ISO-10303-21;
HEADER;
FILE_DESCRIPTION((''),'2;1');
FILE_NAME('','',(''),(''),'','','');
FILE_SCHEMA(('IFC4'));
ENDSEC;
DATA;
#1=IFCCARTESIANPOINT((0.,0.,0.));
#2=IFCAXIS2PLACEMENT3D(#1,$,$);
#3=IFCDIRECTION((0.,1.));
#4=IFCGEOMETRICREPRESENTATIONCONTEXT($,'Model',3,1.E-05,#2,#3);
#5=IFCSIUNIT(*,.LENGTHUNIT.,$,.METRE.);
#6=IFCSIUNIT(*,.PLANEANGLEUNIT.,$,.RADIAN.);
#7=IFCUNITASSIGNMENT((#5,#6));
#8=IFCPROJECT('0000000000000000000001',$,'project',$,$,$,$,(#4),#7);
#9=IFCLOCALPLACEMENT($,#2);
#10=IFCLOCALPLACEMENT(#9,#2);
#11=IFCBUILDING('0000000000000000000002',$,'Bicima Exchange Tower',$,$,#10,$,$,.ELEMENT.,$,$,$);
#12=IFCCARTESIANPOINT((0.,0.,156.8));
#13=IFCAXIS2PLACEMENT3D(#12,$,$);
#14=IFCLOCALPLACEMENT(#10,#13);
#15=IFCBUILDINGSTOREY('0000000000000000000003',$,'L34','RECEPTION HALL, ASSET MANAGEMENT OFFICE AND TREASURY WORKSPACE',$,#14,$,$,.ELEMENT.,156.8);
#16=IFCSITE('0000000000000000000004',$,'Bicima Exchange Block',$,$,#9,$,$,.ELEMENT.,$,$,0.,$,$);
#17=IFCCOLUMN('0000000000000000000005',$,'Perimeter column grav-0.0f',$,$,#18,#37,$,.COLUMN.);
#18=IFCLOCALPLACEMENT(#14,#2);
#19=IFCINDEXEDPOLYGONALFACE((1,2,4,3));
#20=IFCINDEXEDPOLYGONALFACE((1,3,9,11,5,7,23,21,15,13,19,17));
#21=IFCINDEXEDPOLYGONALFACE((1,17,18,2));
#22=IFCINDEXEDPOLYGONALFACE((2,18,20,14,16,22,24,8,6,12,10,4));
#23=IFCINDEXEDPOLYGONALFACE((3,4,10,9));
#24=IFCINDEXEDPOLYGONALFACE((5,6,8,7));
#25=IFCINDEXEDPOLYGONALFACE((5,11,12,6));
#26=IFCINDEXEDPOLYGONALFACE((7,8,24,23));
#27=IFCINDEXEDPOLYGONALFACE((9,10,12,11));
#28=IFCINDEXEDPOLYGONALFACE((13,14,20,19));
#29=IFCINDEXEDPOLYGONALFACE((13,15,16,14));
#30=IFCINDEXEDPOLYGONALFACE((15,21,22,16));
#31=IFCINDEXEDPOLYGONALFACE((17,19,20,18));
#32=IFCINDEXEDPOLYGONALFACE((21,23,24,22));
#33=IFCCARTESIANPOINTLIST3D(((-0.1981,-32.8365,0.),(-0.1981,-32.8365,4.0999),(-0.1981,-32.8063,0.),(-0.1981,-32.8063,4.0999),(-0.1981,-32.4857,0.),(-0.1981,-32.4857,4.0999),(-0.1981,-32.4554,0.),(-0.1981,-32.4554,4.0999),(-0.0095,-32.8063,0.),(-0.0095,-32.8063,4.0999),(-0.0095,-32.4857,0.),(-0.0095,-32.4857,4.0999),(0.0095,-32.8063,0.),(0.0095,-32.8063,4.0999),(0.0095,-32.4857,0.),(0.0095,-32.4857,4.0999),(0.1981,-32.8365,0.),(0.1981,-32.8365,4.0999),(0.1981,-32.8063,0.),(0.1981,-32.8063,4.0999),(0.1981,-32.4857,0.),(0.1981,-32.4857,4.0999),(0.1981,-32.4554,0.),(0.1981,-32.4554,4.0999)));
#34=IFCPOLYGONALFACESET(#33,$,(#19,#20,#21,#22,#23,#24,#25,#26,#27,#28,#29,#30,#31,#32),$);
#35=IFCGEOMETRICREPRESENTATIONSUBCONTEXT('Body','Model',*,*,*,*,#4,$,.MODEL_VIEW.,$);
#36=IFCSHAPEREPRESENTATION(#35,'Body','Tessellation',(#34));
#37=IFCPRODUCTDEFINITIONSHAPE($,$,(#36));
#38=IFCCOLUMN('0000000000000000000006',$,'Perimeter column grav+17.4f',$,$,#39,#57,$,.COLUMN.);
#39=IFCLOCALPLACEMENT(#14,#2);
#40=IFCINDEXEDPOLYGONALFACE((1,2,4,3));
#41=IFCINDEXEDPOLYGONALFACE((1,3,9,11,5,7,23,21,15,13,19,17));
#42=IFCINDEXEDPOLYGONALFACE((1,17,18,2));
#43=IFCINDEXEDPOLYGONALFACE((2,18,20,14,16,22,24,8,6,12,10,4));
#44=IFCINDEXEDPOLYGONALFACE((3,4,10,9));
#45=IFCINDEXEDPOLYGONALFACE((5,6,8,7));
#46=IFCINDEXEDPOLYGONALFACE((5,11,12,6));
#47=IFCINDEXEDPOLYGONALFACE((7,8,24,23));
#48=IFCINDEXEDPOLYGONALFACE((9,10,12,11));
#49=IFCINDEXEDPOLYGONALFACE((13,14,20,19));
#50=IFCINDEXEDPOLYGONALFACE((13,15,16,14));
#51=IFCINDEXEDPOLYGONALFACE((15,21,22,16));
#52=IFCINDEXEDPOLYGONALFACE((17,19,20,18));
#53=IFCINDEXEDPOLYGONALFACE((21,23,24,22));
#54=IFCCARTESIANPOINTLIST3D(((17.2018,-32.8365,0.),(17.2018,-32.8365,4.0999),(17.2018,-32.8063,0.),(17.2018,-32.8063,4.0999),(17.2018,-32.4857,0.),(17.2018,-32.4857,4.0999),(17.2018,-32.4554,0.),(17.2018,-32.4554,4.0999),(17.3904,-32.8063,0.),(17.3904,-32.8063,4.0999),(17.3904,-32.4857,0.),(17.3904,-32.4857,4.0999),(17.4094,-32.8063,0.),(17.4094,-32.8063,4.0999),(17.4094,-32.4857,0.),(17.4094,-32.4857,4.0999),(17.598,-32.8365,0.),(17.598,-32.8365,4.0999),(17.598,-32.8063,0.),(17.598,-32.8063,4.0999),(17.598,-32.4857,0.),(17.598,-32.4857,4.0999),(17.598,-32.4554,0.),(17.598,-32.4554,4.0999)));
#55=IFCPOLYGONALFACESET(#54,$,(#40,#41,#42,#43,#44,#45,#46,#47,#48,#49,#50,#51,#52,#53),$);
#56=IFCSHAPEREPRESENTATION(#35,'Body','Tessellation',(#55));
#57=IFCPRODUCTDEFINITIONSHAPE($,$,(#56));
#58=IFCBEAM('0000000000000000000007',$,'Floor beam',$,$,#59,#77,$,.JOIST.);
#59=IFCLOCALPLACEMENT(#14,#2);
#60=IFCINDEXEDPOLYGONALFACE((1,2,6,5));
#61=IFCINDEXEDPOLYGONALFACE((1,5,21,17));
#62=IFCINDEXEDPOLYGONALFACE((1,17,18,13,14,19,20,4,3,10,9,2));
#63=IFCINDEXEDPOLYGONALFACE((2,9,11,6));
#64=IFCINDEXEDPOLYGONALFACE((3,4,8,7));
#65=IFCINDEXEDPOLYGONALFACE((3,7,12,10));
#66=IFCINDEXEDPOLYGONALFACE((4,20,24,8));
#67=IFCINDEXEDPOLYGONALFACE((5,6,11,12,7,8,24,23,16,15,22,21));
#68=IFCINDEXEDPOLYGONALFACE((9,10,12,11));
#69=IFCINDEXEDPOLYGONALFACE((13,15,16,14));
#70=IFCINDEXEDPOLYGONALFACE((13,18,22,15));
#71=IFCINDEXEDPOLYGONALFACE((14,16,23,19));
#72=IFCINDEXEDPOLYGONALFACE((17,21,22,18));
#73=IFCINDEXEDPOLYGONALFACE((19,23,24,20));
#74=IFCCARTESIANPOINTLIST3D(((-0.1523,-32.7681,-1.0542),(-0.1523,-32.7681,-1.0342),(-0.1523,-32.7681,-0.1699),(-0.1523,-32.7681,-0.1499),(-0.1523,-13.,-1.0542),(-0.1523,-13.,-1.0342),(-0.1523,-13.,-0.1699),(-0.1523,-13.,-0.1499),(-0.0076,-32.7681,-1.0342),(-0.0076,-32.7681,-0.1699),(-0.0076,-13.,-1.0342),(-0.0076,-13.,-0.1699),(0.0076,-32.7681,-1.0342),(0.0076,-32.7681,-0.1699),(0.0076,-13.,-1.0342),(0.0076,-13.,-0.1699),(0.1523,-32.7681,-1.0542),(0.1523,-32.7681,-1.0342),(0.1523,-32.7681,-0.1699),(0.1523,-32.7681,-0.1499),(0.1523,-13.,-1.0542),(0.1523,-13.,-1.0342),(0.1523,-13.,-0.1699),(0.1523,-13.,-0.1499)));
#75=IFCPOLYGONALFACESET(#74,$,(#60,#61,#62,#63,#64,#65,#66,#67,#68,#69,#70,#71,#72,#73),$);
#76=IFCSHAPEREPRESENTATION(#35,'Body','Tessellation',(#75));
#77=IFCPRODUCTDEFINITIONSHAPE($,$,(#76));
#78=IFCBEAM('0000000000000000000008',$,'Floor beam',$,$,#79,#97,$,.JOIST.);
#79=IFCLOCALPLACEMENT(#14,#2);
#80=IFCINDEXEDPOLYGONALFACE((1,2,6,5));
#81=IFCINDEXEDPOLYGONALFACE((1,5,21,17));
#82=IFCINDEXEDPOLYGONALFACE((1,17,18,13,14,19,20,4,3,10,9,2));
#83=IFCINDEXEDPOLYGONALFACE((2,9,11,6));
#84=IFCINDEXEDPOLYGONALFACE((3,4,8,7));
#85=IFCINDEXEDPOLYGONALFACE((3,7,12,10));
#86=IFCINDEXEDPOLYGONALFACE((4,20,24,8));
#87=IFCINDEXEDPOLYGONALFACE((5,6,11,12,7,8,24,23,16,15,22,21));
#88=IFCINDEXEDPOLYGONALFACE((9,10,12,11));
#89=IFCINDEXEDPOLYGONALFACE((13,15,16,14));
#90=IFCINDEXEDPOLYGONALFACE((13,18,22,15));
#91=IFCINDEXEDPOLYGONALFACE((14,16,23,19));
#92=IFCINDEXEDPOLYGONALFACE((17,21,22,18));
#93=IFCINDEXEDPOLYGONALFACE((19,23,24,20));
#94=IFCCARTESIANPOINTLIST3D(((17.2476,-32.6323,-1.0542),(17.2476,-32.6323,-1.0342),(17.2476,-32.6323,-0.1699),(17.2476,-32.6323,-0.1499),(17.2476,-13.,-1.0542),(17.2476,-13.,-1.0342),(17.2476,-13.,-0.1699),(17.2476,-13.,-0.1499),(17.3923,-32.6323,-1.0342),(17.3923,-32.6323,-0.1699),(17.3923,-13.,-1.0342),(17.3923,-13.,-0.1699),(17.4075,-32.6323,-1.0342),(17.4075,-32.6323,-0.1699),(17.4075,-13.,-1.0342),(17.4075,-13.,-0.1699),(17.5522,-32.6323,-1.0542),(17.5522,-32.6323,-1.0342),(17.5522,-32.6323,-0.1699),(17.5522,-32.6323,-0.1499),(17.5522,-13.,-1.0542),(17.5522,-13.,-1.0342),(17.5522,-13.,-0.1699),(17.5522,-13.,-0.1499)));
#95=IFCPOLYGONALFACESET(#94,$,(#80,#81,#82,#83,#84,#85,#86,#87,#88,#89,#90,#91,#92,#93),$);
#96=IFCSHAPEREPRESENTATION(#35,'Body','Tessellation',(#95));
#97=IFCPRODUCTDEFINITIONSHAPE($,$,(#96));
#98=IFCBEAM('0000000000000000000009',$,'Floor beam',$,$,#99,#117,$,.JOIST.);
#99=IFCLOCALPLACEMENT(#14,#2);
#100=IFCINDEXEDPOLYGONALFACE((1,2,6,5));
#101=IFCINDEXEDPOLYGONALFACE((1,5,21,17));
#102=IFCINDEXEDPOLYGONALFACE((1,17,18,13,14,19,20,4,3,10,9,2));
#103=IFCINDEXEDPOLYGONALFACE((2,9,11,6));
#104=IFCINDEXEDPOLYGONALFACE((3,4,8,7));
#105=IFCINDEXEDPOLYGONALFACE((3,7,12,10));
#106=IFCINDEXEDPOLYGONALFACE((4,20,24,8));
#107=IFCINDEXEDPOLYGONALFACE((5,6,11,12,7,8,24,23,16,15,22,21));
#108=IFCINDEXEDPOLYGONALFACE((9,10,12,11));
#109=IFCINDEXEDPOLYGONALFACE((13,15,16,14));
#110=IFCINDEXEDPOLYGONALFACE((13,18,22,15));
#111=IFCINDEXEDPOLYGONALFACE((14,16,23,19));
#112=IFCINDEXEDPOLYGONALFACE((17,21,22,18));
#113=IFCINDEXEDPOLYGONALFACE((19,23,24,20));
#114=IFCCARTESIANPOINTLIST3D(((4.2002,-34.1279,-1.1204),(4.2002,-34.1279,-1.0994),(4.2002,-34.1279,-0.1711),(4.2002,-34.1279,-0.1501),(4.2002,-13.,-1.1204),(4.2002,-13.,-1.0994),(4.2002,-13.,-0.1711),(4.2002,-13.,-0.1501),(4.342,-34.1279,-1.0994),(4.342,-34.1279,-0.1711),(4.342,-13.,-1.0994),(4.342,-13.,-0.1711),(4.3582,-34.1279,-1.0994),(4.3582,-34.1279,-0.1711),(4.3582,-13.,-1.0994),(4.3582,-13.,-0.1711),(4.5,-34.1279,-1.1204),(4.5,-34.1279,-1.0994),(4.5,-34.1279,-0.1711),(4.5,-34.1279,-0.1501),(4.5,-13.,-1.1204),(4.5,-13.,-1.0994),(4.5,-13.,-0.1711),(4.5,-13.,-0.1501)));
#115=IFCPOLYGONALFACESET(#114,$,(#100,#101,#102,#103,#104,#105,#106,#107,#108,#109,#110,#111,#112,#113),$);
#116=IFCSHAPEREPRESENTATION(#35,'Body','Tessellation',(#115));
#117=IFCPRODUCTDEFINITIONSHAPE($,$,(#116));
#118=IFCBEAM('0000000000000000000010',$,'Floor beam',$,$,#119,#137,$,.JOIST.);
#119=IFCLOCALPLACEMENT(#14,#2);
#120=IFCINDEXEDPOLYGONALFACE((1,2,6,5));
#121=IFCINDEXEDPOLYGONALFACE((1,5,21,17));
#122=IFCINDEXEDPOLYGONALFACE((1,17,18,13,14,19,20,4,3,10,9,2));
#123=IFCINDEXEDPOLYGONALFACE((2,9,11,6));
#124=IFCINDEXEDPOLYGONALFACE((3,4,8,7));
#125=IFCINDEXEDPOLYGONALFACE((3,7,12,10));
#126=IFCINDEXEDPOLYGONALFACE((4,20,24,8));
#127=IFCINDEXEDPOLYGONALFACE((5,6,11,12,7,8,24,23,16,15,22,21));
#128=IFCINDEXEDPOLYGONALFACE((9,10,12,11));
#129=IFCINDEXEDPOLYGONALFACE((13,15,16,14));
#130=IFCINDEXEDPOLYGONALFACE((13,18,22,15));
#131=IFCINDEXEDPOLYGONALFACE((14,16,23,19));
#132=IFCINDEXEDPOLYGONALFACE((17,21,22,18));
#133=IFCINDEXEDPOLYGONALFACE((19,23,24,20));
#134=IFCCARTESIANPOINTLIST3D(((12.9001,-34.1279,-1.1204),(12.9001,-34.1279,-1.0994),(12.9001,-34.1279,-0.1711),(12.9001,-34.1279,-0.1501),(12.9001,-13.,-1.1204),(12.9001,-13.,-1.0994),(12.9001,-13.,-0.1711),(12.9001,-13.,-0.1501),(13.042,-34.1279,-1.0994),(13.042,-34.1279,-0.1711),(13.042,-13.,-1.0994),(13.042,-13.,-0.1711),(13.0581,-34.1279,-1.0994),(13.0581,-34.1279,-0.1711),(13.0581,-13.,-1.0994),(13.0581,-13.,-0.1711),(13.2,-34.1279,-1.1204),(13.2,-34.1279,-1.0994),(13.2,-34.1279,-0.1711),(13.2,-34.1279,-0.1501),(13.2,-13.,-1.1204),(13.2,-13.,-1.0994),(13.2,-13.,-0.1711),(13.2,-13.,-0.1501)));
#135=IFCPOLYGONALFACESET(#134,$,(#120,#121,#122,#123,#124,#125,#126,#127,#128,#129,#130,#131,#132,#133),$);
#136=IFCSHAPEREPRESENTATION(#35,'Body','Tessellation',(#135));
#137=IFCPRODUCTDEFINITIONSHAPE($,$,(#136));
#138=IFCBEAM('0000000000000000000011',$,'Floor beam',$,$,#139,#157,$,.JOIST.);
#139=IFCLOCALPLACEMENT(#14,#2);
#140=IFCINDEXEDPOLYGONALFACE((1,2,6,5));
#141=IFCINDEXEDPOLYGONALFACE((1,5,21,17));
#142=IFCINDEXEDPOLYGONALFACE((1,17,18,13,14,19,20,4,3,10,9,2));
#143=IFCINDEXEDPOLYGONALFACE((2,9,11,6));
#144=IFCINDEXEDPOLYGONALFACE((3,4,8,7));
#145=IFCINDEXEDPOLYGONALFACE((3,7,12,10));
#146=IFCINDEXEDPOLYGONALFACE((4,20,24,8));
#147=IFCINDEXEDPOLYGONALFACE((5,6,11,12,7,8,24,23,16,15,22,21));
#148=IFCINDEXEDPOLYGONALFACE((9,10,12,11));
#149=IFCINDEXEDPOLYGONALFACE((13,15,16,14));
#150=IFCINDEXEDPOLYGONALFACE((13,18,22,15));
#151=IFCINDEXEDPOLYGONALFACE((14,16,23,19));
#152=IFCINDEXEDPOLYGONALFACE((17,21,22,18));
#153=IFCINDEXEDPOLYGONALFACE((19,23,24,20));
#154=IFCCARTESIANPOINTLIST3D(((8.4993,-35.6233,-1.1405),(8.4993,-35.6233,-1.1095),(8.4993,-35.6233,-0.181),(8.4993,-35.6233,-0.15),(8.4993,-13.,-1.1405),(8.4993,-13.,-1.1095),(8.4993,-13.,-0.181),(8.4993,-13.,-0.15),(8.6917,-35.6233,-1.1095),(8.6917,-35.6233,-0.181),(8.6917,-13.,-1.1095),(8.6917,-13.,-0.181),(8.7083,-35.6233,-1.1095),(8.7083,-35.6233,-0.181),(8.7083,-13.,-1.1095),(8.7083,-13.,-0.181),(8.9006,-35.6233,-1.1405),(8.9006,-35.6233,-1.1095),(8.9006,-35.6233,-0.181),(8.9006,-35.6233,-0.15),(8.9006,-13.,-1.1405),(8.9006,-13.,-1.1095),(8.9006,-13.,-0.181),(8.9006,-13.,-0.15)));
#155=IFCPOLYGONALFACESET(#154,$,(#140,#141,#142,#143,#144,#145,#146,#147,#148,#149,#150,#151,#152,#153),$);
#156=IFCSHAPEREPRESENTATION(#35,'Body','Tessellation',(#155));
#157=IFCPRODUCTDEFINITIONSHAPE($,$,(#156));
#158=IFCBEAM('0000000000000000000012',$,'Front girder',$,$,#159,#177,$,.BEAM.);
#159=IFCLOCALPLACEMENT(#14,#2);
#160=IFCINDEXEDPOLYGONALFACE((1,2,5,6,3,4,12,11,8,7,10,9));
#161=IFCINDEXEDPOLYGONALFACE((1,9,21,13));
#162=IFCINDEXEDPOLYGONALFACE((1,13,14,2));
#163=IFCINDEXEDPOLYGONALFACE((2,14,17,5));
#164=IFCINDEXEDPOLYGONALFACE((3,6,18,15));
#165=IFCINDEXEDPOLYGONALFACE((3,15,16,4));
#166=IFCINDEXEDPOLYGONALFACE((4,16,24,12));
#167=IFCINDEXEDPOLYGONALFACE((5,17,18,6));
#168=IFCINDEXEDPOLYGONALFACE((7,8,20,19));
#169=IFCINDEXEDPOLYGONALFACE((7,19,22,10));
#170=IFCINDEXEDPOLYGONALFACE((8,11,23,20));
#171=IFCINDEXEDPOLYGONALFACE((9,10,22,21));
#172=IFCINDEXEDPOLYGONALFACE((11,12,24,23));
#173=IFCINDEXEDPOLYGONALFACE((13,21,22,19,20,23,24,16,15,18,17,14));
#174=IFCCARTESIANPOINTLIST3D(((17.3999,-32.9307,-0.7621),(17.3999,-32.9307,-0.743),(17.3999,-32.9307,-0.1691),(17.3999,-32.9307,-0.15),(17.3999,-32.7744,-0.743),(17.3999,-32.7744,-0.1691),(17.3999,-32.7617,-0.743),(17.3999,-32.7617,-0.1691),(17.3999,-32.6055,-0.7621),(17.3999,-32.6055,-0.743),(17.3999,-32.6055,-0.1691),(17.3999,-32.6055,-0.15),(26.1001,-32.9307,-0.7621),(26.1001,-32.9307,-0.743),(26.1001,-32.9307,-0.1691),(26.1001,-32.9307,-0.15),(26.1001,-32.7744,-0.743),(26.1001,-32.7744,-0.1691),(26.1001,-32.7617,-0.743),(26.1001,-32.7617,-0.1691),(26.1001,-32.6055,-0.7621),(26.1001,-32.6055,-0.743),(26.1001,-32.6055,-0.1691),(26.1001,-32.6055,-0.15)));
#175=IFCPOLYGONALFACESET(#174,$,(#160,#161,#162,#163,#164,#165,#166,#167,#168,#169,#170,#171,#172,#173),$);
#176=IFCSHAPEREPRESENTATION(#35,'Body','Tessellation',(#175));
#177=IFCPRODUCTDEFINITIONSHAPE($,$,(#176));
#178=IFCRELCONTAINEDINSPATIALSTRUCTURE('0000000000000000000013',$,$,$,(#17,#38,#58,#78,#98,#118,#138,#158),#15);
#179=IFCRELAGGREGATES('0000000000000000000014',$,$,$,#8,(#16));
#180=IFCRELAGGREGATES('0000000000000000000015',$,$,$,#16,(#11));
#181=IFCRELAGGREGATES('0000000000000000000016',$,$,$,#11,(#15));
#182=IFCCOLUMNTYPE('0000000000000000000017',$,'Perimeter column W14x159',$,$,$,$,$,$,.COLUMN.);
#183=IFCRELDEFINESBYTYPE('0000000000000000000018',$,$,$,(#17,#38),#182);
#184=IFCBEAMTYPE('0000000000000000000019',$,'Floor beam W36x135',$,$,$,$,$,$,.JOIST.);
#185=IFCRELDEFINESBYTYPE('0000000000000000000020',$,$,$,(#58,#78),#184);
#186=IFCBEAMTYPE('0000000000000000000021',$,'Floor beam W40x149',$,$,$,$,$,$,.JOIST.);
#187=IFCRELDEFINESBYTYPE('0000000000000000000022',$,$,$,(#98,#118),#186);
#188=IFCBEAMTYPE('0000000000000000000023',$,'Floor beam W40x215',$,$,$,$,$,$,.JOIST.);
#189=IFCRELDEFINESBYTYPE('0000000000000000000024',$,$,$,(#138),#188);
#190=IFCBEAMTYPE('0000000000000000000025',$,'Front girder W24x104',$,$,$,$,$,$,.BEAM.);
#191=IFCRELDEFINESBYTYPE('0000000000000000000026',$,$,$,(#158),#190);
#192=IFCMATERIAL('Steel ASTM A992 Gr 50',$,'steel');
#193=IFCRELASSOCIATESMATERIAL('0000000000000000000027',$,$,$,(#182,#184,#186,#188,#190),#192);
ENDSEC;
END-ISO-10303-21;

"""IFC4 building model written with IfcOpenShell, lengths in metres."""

from ifc_helpers import new_model, si_unit, direction, frame, origin, origin_2d, place, context, subcontext, project, spatial, i_section, extrude, material, material_profile, profile_set, type_object, element, save


model = new_model("IFC4")

# Units and contexts
model_context = context("Model", 3, precision=1e-05, world=origin(), true_north=direction((0.0, 1.0)))
body_context = subcontext(model_context, "Body", "Model", "MODEL_VIEW")
ifc_project = project(units=[si_unit("LENGTHUNIT", "METRE"), si_unit("PLANEANGLEUNIT", "RADIAN")], contexts=[model_context])

# Site, building, storey
site_placement = place(None, origin())
site = spatial("IfcSite", under=ifc_project, at=site_placement, Name="Bicima Exchange Block", CompositionType="ELEMENT", RefElevation=0.0)
building_placement = place(site_placement, origin())
building = spatial("IfcBuilding", under=site, at=building_placement, Name="Bicima Exchange Tower", CompositionType="ELEMENT")
storey_placement = place(building_placement, frame((0.0, 0.0, 156.8)))
storey = spatial("IfcBuildingStorey", under=building, at=storey_placement, Name="L34", Description="RECEPTION HALL, ASSET MANAGEMENT OFFICE AND TREASURY WORKSPACE", CompositionType="ELEMENT", Elevation=156.8)

# Columns
ifc_material_1 = material(Name="Steel ASTM A992 Gr 50", Category="steel")
ifc_material_profile_1 = material_profile(ifc_material_1, i_section(OverallWidth=0.3962, OverallDepth=0.3811, WebThickness=0.019, FlangeThickness=0.0303, at=origin_2d()))
ifc_profile_set_1 = profile_set([ifc_material_profile_1], Name="Steel ASTM A992 Gr 50")
column_type = type_object("IfcColumnType", Name="Perimeter column W14x159", PredefinedType="COLUMN", material=ifc_profile_set_1)
for number, where, z_axis, x_axis, name in (
    (1, (0.0, -32.646, 0.0), (0.0, 0.0, 1.0), (1.0, 0.0, 0.0), "Perimeter column grav-0.0f"),
    (2, (17.3999, -32.646, 0.0), (0.0, 0.0, 1.0), (1.0, 0.0, 0.0), "Perimeter column grav+17.4f"),
):
    element("IfcColumn", number, at=place(storey_placement, frame(where, z_axis=z_axis, x_axis=x_axis)), inside=storey, type_object=column_type, Name=name, PredefinedType="COLUMN", context=body_context, shape_type="SweptSolid", body=[
        extrude(i_section(OverallWidth=0.3962, OverallDepth=0.3811, WebThickness=0.019, FlangeThickness=0.0303, at=origin_2d()), origin(), (0.0, 0.0, 1.0), 4.0999),
    ])

# Beams
ifc_material_profile_2 = material_profile(ifc_material_1, i_section(OverallWidth=0.3047, OverallDepth=0.9043, WebThickness=0.0151, FlangeThickness=0.02, at=origin_2d()))
ifc_profile_set_2 = profile_set([ifc_material_profile_2], Name="Steel ASTM A992 Gr 50")
beam_type_1 = type_object("IfcBeamType", Name="Floor beam W36x135", PredefinedType="JOIST", material=ifc_profile_set_2)
beam_1_placement = place(storey_placement, frame((0.0, -13.0, -0.6021), z_axis=(0.0, -1.0, 0.0), x_axis=(1.0, 0.0, 0.0)))
element("IfcBeam", 3, at=beam_1_placement, inside=storey, type_object=beam_type_1, Name="Floor beam", PredefinedType="JOIST", context=body_context, shape_type="SweptSolid", body=[
    extrude(i_section(OverallWidth=0.3047, OverallDepth=0.9043, WebThickness=0.0151, FlangeThickness=0.02, at=origin_2d()), origin(), (0.0, 0.0, 1.0), 19.7681),
])
beam_2_placement = place(storey_placement, frame((17.3999, -13.0, -0.6021), z_axis=(0.0, -1.0, 0.0), x_axis=(1.0, 0.0, 0.0)))
element("IfcBeam", 4, at=beam_2_placement, inside=storey, type_object=beam_type_1, Name="Floor beam", PredefinedType="JOIST", context=body_context, shape_type="SweptSolid", body=[
    extrude(i_section(OverallWidth=0.3047, OverallDepth=0.9043, WebThickness=0.0151, FlangeThickness=0.02, at=origin_2d()), origin(), (0.0, 0.0, 1.0), 19.6323),
])
ifc_material_profile_3 = material_profile(ifc_material_1, i_section(OverallWidth=0.2998, OverallDepth=0.9702, WebThickness=0.0161, FlangeThickness=0.021, at=origin_2d()))
ifc_profile_set_3 = profile_set([ifc_material_profile_3], Name="Steel ASTM A992 Gr 50")
beam_type_2 = type_object("IfcBeamType", Name="Floor beam W40x149", PredefinedType="JOIST", material=ifc_profile_set_3)
for number, where, z_axis, x_axis, name in (
    (5, (4.3501, -13.0, -0.6353), (0.0, -1.0, 0.0), (1.0, 0.0, 0.0), "Floor beam"),
    (6, (13.05, -13.0, -0.6353), (0.0, -1.0, 0.0), (1.0, 0.0, 0.0), "Floor beam"),
):
    element("IfcBeam", number, at=place(storey_placement, frame(where, z_axis=z_axis, x_axis=x_axis)), inside=storey, type_object=beam_type_2, Name=name, PredefinedType="JOIST", context=body_context, shape_type="SweptSolid", body=[
        extrude(i_section(OverallWidth=0.2998, OverallDepth=0.9702, WebThickness=0.0161, FlangeThickness=0.021, at=origin_2d()), origin(), (0.0, 0.0, 1.0), 21.1279),
    ])
ifc_material_profile_4 = material_profile(ifc_material_1, i_section(OverallWidth=0.4014, OverallDepth=0.9905, WebThickness=0.0166, FlangeThickness=0.031, at=origin_2d()))
ifc_profile_set_4 = profile_set([ifc_material_profile_4], Name="Steel ASTM A992 Gr 50")
beam_type_3 = type_object("IfcBeamType", Name="Floor beam W40x215", PredefinedType="JOIST", material=ifc_profile_set_4)
beam_3_placement = place(storey_placement, frame((8.7, -13.0, -0.6453), z_axis=(0.0, -1.0, 0.0), x_axis=(1.0, 0.0, 0.0)))
element("IfcBeam", 7, at=beam_3_placement, inside=storey, type_object=beam_type_3, Name="Floor beam", PredefinedType="JOIST", context=body_context, shape_type="SweptSolid", body=[
    extrude(i_section(OverallWidth=0.4014, OverallDepth=0.9905, WebThickness=0.0166, FlangeThickness=0.031, at=origin_2d()), origin(), (0.0, 0.0, 1.0), 22.6233),
])
ifc_material_profile_5 = material_profile(ifc_material_1, i_section(OverallWidth=0.3252, OverallDepth=0.6121, WebThickness=0.0127, FlangeThickness=0.019, at=origin_2d()))
ifc_profile_set_5 = profile_set([ifc_material_profile_5], Name="Steel ASTM A992 Gr 50")
beam_type_4 = type_object("IfcBeamType", Name="Front girder W24x104", PredefinedType="BEAM", material=ifc_profile_set_5)
beam_4_placement = place(storey_placement, frame((17.3999, -32.7681, -0.4561), z_axis=(1.0, 0.0, 0.0), x_axis=(0.0, 1.0, 0.0)))
element("IfcBeam", 8, at=beam_4_placement, inside=storey, type_object=beam_type_4, Name="Front girder", PredefinedType="BEAM", context=body_context, shape_type="SweptSolid", body=[
    extrude(i_section(OverallWidth=0.3252, OverallDepth=0.6121, WebThickness=0.0127, FlangeThickness=0.019, at=origin_2d()), origin(), (0.0, 0.0, 1.0), 8.7002),
])

save(model, "model.ifc")
